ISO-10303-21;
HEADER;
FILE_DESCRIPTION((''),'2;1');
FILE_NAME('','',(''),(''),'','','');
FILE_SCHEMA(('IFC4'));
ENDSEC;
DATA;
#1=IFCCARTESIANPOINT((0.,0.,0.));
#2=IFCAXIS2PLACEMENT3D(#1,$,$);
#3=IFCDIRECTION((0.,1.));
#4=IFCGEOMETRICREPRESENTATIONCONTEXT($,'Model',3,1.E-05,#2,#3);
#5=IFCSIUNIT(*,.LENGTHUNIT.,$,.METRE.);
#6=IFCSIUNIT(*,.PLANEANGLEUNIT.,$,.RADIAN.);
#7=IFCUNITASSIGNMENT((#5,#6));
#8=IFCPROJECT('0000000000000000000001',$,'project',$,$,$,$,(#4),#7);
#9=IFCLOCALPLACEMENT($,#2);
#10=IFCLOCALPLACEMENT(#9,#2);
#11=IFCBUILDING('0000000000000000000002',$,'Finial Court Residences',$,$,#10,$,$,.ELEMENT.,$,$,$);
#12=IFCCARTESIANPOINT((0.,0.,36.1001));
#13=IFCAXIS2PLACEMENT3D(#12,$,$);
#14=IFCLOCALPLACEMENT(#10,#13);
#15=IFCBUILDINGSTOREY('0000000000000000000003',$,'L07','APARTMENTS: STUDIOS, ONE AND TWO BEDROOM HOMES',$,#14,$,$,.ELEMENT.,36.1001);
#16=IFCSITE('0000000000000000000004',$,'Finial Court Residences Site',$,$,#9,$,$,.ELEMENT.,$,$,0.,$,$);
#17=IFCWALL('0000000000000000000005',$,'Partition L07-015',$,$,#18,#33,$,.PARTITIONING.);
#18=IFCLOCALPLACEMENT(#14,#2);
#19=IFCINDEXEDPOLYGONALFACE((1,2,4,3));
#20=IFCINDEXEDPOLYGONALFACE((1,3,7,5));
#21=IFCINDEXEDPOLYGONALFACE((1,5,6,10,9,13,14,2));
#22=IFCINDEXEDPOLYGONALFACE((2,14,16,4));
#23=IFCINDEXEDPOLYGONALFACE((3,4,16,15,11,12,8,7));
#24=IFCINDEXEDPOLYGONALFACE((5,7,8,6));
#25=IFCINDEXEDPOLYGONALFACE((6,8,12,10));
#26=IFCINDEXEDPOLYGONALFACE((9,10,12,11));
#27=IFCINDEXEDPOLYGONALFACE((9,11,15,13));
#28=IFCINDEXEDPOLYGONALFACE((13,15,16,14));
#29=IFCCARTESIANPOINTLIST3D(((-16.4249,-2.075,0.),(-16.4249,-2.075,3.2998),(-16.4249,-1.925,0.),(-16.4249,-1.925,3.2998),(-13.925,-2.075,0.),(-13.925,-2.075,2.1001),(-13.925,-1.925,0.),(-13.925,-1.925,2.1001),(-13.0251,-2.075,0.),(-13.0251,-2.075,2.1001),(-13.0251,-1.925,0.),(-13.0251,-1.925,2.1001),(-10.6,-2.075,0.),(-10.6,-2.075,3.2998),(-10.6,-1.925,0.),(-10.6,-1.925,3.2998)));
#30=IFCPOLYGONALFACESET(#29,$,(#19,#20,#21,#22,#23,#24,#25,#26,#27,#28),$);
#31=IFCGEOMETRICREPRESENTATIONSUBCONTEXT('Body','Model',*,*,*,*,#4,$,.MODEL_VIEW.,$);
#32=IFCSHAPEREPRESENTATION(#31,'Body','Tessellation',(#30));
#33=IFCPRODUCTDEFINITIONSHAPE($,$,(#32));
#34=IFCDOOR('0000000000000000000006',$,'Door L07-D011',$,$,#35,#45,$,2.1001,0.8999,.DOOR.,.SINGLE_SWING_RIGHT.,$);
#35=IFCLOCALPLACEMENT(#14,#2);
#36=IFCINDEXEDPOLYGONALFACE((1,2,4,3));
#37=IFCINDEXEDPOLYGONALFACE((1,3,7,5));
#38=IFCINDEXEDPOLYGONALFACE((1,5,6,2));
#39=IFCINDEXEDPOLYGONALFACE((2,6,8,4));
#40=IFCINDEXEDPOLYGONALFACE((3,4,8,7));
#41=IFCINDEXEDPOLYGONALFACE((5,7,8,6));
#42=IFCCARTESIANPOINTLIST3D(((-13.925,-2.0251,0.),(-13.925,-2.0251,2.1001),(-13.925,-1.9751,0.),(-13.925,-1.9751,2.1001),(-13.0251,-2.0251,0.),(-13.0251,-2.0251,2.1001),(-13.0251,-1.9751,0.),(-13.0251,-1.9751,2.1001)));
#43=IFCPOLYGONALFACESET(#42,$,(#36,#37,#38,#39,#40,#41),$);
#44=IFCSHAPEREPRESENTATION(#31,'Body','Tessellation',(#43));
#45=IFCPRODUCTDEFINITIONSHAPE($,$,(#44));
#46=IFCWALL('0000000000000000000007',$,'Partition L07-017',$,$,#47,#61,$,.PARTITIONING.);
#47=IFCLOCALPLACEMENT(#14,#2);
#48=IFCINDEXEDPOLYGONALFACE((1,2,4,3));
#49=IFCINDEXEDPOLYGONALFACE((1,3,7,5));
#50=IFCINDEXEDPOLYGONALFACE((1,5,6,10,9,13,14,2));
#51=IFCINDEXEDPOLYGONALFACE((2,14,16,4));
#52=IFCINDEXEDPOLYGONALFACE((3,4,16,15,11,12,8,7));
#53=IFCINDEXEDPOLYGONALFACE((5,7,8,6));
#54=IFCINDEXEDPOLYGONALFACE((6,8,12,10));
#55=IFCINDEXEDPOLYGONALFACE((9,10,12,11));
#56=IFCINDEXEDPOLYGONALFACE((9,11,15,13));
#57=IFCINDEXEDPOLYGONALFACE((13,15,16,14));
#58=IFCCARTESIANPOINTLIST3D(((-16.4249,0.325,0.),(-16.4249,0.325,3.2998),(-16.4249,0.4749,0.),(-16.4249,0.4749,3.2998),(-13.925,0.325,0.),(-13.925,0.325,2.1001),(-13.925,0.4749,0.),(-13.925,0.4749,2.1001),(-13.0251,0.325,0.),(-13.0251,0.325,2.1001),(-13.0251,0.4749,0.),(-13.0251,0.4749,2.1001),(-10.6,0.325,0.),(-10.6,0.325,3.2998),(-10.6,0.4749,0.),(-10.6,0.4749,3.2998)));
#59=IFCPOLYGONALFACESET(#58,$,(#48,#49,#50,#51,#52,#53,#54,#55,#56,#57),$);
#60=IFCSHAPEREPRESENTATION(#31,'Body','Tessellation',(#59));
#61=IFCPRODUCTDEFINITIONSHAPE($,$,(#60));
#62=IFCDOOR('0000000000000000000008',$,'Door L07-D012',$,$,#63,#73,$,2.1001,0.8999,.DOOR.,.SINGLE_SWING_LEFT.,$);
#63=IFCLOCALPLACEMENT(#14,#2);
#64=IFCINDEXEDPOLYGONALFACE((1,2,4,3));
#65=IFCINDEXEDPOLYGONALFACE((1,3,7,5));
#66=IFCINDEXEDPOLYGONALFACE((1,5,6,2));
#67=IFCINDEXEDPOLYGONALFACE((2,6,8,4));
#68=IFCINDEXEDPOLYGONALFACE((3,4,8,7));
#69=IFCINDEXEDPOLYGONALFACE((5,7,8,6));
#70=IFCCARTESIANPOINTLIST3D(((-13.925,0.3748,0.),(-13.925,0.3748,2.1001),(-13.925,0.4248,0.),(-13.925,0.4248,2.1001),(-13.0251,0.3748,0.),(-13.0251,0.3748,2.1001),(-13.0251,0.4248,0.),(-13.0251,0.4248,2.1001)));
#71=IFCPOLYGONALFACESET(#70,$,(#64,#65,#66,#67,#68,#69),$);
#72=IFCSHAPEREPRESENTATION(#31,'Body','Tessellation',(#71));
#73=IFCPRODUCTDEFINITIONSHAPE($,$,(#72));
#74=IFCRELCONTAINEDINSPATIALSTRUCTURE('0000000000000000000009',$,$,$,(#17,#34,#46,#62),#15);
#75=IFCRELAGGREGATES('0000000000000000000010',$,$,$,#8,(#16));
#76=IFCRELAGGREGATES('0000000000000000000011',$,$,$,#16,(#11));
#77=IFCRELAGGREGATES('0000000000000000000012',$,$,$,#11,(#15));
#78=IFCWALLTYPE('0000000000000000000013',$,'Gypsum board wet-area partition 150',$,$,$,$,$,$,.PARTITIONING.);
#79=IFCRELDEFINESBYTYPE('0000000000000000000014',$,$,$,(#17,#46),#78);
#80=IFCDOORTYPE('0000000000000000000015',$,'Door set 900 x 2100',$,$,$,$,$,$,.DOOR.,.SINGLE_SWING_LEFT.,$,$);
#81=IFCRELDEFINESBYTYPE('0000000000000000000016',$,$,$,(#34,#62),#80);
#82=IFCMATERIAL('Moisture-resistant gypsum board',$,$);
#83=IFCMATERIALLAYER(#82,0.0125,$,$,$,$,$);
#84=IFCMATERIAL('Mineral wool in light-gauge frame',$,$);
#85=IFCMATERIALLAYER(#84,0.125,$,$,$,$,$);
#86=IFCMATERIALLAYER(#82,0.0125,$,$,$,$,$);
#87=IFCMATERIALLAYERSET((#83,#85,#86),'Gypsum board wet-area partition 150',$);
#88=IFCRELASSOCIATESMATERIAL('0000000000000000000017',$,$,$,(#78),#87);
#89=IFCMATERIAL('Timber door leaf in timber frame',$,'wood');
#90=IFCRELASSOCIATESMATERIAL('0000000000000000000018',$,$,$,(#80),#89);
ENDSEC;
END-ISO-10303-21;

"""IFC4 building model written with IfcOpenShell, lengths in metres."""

from ifc_helpers import new_model, si_unit, direction, frame, frame_2d, origin, place, context, subcontext, project, spatial, rectangle, extrude, material, layer, layer_set, type_object, element, fill, save


model = new_model("IFC4")

# Units and contexts
model_context = context("Model", 3, precision=1e-05, world=origin(), true_north=direction((0.0, 1.0)))
body_context = subcontext(model_context, "Body", "Model", "MODEL_VIEW")
ifc_project = project(units=[si_unit("LENGTHUNIT", "METRE"), si_unit("PLANEANGLEUNIT", "RADIAN")], contexts=[model_context])

# Site, building, storey
site_placement = place(None, origin())
site = spatial("IfcSite", under=ifc_project, at=site_placement, Name="Finial Court Residences Site", CompositionType="ELEMENT", RefElevation=0.0)
building_placement = place(site_placement, origin())
building = spatial("IfcBuilding", under=site, at=building_placement, Name="Finial Court Residences", CompositionType="ELEMENT")
storey_placement = place(building_placement, frame((0.0, 0.0, 36.1001)))
storey = spatial("IfcBuildingStorey", under=building, at=storey_placement, Name="L07", Description="APARTMENTS: STUDIOS, ONE AND TWO BEDROOM HOMES", CompositionType="ELEMENT", Elevation=36.1001)

# Shared definitions
ifc_material_1 = material(Name="Mineral wool in light-gauge frame")

# Walls, openings, doors
ifc_material_2 = material(Name="Moisture-resistant gypsum board")
ifc_layer_1 = layer(ifc_material_2, 0.0125)
ifc_layer_2 = layer(ifc_material_1, 0.125)
ifc_layer_3 = layer(ifc_material_2, 0.0125)
ifc_layer_set_1 = layer_set([ifc_layer_1, ifc_layer_2, ifc_layer_3], Name="Gypsum board wet-area partition 150")
wall_type_1 = type_object("IfcWallType", Name="Gypsum board wet-area partition 150", PredefinedType="PARTITIONING", material=ifc_layer_set_1)
wall_1_placement = place(storey_placement, frame((-16.425, -2.0, 0.0), z_axis=(0.0, 0.0, 1.0), x_axis=(1.0, 0.0, 0.0)))
wall_1 = element("IfcWall", 1, at=wall_1_placement, inside=storey, type_object=wall_type_1, Name="Partition L07-015", PredefinedType="PARTITIONING", context=body_context, shape_type="SweptSolid", body=[
    extrude(rectangle(XDim=5.825, YDim=0.1499, at=frame_2d((2.9126, 0.0))), origin(), (0.0, 0.0, 1.0), 3.2998),
])
opening_1_placement = place(wall_1_placement, frame((2.5, 0.0, 0.0)))
opening_1 = element("IfcOpeningElement", 2, at=opening_1_placement, cuts=wall_1, PredefinedType="OPENING", context=body_context, shape_type="SweptSolid", body=[
    extrude(rectangle(XDim=0.8999, YDim=2.1001, at=frame_2d((0.45, 1.05))), frame((0.0, 0.085, 0.0), z_axis=(0.0, -1.0, 0.0), x_axis=(1.0, 0.0, 0.0)), (0.0, 0.0, 1.0), 0.1699),
])
ifc_material_3 = material(Name="Timber door leaf in timber frame", Category="wood")
door_type_1 = type_object("IfcDoorType", Name="Door set 900 x 2100", OperationType="SINGLE_SWING_LEFT", PredefinedType="DOOR", material=ifc_material_3)
door_1_placement = place(opening_1_placement, origin())
door_1 = element("IfcDoor", 3, at=door_1_placement, inside=storey, type_object=door_type_1, Name="Door L07-D011", OperationType="SINGLE_SWING_RIGHT", OverallHeight=2.1001, OverallWidth=0.8999, PredefinedType="DOOR", context=body_context, shape_type="SweptSolid", body=[
    extrude(rectangle(XDim=0.8999, YDim=2.1001, at=frame_2d((0.45, 1.05))), frame((0.0, 0.0249, 0.0), z_axis=(0.0, -1.0, 0.0), x_axis=(1.0, 0.0, 0.0)), (0.0, 0.0, 1.0), 0.05),
])
fill(opening_1, door_1)
wall_2_placement = place(storey_placement, frame((-16.425, 0.3999, 0.0), z_axis=(0.0, 0.0, 1.0), x_axis=(1.0, 0.0, 0.0)))
wall_2 = element("IfcWall", 4, at=wall_2_placement, inside=storey, type_object=wall_type_1, Name="Partition L07-017", PredefinedType="PARTITIONING", context=body_context, shape_type="SweptSolid", body=[
    extrude(rectangle(XDim=5.825, YDim=0.1499, at=frame_2d((2.9126, 0.0))), origin(), (0.0, 0.0, 1.0), 3.2998),
])
opening_2_placement = place(wall_2_placement, frame((2.5, 0.0, 0.0)))
opening_2 = element("IfcOpeningElement", 5, at=opening_2_placement, cuts=wall_2, PredefinedType="OPENING", context=body_context, shape_type="SweptSolid", body=[
    extrude(rectangle(XDim=0.8999, YDim=2.1001, at=frame_2d((0.45, 1.05))), frame((0.0, 0.085, 0.0), z_axis=(0.0, -1.0, 0.0), x_axis=(1.0, 0.0, 0.0)), (0.0, 0.0, 1.0), 0.1699),
])
door_2_placement = place(opening_2_placement, origin())
door_2 = element("IfcDoor", 6, at=door_2_placement, inside=storey, type_object=door_type_1, Name="Door L07-D012", OperationType="SINGLE_SWING_LEFT", OverallHeight=2.1001, OverallWidth=0.8999, PredefinedType="DOOR", context=body_context, shape_type="SweptSolid", body=[
    extrude(rectangle(XDim=0.8999, YDim=2.1001, at=frame_2d((0.45, 1.05))), frame((0.0, 0.0249, 0.0), z_axis=(0.0, -1.0, 0.0), x_axis=(1.0, 0.0, 0.0)), (0.0, 0.0, 1.0), 0.05),
])
fill(opening_2, door_2)

save(model, "model.ifc")
